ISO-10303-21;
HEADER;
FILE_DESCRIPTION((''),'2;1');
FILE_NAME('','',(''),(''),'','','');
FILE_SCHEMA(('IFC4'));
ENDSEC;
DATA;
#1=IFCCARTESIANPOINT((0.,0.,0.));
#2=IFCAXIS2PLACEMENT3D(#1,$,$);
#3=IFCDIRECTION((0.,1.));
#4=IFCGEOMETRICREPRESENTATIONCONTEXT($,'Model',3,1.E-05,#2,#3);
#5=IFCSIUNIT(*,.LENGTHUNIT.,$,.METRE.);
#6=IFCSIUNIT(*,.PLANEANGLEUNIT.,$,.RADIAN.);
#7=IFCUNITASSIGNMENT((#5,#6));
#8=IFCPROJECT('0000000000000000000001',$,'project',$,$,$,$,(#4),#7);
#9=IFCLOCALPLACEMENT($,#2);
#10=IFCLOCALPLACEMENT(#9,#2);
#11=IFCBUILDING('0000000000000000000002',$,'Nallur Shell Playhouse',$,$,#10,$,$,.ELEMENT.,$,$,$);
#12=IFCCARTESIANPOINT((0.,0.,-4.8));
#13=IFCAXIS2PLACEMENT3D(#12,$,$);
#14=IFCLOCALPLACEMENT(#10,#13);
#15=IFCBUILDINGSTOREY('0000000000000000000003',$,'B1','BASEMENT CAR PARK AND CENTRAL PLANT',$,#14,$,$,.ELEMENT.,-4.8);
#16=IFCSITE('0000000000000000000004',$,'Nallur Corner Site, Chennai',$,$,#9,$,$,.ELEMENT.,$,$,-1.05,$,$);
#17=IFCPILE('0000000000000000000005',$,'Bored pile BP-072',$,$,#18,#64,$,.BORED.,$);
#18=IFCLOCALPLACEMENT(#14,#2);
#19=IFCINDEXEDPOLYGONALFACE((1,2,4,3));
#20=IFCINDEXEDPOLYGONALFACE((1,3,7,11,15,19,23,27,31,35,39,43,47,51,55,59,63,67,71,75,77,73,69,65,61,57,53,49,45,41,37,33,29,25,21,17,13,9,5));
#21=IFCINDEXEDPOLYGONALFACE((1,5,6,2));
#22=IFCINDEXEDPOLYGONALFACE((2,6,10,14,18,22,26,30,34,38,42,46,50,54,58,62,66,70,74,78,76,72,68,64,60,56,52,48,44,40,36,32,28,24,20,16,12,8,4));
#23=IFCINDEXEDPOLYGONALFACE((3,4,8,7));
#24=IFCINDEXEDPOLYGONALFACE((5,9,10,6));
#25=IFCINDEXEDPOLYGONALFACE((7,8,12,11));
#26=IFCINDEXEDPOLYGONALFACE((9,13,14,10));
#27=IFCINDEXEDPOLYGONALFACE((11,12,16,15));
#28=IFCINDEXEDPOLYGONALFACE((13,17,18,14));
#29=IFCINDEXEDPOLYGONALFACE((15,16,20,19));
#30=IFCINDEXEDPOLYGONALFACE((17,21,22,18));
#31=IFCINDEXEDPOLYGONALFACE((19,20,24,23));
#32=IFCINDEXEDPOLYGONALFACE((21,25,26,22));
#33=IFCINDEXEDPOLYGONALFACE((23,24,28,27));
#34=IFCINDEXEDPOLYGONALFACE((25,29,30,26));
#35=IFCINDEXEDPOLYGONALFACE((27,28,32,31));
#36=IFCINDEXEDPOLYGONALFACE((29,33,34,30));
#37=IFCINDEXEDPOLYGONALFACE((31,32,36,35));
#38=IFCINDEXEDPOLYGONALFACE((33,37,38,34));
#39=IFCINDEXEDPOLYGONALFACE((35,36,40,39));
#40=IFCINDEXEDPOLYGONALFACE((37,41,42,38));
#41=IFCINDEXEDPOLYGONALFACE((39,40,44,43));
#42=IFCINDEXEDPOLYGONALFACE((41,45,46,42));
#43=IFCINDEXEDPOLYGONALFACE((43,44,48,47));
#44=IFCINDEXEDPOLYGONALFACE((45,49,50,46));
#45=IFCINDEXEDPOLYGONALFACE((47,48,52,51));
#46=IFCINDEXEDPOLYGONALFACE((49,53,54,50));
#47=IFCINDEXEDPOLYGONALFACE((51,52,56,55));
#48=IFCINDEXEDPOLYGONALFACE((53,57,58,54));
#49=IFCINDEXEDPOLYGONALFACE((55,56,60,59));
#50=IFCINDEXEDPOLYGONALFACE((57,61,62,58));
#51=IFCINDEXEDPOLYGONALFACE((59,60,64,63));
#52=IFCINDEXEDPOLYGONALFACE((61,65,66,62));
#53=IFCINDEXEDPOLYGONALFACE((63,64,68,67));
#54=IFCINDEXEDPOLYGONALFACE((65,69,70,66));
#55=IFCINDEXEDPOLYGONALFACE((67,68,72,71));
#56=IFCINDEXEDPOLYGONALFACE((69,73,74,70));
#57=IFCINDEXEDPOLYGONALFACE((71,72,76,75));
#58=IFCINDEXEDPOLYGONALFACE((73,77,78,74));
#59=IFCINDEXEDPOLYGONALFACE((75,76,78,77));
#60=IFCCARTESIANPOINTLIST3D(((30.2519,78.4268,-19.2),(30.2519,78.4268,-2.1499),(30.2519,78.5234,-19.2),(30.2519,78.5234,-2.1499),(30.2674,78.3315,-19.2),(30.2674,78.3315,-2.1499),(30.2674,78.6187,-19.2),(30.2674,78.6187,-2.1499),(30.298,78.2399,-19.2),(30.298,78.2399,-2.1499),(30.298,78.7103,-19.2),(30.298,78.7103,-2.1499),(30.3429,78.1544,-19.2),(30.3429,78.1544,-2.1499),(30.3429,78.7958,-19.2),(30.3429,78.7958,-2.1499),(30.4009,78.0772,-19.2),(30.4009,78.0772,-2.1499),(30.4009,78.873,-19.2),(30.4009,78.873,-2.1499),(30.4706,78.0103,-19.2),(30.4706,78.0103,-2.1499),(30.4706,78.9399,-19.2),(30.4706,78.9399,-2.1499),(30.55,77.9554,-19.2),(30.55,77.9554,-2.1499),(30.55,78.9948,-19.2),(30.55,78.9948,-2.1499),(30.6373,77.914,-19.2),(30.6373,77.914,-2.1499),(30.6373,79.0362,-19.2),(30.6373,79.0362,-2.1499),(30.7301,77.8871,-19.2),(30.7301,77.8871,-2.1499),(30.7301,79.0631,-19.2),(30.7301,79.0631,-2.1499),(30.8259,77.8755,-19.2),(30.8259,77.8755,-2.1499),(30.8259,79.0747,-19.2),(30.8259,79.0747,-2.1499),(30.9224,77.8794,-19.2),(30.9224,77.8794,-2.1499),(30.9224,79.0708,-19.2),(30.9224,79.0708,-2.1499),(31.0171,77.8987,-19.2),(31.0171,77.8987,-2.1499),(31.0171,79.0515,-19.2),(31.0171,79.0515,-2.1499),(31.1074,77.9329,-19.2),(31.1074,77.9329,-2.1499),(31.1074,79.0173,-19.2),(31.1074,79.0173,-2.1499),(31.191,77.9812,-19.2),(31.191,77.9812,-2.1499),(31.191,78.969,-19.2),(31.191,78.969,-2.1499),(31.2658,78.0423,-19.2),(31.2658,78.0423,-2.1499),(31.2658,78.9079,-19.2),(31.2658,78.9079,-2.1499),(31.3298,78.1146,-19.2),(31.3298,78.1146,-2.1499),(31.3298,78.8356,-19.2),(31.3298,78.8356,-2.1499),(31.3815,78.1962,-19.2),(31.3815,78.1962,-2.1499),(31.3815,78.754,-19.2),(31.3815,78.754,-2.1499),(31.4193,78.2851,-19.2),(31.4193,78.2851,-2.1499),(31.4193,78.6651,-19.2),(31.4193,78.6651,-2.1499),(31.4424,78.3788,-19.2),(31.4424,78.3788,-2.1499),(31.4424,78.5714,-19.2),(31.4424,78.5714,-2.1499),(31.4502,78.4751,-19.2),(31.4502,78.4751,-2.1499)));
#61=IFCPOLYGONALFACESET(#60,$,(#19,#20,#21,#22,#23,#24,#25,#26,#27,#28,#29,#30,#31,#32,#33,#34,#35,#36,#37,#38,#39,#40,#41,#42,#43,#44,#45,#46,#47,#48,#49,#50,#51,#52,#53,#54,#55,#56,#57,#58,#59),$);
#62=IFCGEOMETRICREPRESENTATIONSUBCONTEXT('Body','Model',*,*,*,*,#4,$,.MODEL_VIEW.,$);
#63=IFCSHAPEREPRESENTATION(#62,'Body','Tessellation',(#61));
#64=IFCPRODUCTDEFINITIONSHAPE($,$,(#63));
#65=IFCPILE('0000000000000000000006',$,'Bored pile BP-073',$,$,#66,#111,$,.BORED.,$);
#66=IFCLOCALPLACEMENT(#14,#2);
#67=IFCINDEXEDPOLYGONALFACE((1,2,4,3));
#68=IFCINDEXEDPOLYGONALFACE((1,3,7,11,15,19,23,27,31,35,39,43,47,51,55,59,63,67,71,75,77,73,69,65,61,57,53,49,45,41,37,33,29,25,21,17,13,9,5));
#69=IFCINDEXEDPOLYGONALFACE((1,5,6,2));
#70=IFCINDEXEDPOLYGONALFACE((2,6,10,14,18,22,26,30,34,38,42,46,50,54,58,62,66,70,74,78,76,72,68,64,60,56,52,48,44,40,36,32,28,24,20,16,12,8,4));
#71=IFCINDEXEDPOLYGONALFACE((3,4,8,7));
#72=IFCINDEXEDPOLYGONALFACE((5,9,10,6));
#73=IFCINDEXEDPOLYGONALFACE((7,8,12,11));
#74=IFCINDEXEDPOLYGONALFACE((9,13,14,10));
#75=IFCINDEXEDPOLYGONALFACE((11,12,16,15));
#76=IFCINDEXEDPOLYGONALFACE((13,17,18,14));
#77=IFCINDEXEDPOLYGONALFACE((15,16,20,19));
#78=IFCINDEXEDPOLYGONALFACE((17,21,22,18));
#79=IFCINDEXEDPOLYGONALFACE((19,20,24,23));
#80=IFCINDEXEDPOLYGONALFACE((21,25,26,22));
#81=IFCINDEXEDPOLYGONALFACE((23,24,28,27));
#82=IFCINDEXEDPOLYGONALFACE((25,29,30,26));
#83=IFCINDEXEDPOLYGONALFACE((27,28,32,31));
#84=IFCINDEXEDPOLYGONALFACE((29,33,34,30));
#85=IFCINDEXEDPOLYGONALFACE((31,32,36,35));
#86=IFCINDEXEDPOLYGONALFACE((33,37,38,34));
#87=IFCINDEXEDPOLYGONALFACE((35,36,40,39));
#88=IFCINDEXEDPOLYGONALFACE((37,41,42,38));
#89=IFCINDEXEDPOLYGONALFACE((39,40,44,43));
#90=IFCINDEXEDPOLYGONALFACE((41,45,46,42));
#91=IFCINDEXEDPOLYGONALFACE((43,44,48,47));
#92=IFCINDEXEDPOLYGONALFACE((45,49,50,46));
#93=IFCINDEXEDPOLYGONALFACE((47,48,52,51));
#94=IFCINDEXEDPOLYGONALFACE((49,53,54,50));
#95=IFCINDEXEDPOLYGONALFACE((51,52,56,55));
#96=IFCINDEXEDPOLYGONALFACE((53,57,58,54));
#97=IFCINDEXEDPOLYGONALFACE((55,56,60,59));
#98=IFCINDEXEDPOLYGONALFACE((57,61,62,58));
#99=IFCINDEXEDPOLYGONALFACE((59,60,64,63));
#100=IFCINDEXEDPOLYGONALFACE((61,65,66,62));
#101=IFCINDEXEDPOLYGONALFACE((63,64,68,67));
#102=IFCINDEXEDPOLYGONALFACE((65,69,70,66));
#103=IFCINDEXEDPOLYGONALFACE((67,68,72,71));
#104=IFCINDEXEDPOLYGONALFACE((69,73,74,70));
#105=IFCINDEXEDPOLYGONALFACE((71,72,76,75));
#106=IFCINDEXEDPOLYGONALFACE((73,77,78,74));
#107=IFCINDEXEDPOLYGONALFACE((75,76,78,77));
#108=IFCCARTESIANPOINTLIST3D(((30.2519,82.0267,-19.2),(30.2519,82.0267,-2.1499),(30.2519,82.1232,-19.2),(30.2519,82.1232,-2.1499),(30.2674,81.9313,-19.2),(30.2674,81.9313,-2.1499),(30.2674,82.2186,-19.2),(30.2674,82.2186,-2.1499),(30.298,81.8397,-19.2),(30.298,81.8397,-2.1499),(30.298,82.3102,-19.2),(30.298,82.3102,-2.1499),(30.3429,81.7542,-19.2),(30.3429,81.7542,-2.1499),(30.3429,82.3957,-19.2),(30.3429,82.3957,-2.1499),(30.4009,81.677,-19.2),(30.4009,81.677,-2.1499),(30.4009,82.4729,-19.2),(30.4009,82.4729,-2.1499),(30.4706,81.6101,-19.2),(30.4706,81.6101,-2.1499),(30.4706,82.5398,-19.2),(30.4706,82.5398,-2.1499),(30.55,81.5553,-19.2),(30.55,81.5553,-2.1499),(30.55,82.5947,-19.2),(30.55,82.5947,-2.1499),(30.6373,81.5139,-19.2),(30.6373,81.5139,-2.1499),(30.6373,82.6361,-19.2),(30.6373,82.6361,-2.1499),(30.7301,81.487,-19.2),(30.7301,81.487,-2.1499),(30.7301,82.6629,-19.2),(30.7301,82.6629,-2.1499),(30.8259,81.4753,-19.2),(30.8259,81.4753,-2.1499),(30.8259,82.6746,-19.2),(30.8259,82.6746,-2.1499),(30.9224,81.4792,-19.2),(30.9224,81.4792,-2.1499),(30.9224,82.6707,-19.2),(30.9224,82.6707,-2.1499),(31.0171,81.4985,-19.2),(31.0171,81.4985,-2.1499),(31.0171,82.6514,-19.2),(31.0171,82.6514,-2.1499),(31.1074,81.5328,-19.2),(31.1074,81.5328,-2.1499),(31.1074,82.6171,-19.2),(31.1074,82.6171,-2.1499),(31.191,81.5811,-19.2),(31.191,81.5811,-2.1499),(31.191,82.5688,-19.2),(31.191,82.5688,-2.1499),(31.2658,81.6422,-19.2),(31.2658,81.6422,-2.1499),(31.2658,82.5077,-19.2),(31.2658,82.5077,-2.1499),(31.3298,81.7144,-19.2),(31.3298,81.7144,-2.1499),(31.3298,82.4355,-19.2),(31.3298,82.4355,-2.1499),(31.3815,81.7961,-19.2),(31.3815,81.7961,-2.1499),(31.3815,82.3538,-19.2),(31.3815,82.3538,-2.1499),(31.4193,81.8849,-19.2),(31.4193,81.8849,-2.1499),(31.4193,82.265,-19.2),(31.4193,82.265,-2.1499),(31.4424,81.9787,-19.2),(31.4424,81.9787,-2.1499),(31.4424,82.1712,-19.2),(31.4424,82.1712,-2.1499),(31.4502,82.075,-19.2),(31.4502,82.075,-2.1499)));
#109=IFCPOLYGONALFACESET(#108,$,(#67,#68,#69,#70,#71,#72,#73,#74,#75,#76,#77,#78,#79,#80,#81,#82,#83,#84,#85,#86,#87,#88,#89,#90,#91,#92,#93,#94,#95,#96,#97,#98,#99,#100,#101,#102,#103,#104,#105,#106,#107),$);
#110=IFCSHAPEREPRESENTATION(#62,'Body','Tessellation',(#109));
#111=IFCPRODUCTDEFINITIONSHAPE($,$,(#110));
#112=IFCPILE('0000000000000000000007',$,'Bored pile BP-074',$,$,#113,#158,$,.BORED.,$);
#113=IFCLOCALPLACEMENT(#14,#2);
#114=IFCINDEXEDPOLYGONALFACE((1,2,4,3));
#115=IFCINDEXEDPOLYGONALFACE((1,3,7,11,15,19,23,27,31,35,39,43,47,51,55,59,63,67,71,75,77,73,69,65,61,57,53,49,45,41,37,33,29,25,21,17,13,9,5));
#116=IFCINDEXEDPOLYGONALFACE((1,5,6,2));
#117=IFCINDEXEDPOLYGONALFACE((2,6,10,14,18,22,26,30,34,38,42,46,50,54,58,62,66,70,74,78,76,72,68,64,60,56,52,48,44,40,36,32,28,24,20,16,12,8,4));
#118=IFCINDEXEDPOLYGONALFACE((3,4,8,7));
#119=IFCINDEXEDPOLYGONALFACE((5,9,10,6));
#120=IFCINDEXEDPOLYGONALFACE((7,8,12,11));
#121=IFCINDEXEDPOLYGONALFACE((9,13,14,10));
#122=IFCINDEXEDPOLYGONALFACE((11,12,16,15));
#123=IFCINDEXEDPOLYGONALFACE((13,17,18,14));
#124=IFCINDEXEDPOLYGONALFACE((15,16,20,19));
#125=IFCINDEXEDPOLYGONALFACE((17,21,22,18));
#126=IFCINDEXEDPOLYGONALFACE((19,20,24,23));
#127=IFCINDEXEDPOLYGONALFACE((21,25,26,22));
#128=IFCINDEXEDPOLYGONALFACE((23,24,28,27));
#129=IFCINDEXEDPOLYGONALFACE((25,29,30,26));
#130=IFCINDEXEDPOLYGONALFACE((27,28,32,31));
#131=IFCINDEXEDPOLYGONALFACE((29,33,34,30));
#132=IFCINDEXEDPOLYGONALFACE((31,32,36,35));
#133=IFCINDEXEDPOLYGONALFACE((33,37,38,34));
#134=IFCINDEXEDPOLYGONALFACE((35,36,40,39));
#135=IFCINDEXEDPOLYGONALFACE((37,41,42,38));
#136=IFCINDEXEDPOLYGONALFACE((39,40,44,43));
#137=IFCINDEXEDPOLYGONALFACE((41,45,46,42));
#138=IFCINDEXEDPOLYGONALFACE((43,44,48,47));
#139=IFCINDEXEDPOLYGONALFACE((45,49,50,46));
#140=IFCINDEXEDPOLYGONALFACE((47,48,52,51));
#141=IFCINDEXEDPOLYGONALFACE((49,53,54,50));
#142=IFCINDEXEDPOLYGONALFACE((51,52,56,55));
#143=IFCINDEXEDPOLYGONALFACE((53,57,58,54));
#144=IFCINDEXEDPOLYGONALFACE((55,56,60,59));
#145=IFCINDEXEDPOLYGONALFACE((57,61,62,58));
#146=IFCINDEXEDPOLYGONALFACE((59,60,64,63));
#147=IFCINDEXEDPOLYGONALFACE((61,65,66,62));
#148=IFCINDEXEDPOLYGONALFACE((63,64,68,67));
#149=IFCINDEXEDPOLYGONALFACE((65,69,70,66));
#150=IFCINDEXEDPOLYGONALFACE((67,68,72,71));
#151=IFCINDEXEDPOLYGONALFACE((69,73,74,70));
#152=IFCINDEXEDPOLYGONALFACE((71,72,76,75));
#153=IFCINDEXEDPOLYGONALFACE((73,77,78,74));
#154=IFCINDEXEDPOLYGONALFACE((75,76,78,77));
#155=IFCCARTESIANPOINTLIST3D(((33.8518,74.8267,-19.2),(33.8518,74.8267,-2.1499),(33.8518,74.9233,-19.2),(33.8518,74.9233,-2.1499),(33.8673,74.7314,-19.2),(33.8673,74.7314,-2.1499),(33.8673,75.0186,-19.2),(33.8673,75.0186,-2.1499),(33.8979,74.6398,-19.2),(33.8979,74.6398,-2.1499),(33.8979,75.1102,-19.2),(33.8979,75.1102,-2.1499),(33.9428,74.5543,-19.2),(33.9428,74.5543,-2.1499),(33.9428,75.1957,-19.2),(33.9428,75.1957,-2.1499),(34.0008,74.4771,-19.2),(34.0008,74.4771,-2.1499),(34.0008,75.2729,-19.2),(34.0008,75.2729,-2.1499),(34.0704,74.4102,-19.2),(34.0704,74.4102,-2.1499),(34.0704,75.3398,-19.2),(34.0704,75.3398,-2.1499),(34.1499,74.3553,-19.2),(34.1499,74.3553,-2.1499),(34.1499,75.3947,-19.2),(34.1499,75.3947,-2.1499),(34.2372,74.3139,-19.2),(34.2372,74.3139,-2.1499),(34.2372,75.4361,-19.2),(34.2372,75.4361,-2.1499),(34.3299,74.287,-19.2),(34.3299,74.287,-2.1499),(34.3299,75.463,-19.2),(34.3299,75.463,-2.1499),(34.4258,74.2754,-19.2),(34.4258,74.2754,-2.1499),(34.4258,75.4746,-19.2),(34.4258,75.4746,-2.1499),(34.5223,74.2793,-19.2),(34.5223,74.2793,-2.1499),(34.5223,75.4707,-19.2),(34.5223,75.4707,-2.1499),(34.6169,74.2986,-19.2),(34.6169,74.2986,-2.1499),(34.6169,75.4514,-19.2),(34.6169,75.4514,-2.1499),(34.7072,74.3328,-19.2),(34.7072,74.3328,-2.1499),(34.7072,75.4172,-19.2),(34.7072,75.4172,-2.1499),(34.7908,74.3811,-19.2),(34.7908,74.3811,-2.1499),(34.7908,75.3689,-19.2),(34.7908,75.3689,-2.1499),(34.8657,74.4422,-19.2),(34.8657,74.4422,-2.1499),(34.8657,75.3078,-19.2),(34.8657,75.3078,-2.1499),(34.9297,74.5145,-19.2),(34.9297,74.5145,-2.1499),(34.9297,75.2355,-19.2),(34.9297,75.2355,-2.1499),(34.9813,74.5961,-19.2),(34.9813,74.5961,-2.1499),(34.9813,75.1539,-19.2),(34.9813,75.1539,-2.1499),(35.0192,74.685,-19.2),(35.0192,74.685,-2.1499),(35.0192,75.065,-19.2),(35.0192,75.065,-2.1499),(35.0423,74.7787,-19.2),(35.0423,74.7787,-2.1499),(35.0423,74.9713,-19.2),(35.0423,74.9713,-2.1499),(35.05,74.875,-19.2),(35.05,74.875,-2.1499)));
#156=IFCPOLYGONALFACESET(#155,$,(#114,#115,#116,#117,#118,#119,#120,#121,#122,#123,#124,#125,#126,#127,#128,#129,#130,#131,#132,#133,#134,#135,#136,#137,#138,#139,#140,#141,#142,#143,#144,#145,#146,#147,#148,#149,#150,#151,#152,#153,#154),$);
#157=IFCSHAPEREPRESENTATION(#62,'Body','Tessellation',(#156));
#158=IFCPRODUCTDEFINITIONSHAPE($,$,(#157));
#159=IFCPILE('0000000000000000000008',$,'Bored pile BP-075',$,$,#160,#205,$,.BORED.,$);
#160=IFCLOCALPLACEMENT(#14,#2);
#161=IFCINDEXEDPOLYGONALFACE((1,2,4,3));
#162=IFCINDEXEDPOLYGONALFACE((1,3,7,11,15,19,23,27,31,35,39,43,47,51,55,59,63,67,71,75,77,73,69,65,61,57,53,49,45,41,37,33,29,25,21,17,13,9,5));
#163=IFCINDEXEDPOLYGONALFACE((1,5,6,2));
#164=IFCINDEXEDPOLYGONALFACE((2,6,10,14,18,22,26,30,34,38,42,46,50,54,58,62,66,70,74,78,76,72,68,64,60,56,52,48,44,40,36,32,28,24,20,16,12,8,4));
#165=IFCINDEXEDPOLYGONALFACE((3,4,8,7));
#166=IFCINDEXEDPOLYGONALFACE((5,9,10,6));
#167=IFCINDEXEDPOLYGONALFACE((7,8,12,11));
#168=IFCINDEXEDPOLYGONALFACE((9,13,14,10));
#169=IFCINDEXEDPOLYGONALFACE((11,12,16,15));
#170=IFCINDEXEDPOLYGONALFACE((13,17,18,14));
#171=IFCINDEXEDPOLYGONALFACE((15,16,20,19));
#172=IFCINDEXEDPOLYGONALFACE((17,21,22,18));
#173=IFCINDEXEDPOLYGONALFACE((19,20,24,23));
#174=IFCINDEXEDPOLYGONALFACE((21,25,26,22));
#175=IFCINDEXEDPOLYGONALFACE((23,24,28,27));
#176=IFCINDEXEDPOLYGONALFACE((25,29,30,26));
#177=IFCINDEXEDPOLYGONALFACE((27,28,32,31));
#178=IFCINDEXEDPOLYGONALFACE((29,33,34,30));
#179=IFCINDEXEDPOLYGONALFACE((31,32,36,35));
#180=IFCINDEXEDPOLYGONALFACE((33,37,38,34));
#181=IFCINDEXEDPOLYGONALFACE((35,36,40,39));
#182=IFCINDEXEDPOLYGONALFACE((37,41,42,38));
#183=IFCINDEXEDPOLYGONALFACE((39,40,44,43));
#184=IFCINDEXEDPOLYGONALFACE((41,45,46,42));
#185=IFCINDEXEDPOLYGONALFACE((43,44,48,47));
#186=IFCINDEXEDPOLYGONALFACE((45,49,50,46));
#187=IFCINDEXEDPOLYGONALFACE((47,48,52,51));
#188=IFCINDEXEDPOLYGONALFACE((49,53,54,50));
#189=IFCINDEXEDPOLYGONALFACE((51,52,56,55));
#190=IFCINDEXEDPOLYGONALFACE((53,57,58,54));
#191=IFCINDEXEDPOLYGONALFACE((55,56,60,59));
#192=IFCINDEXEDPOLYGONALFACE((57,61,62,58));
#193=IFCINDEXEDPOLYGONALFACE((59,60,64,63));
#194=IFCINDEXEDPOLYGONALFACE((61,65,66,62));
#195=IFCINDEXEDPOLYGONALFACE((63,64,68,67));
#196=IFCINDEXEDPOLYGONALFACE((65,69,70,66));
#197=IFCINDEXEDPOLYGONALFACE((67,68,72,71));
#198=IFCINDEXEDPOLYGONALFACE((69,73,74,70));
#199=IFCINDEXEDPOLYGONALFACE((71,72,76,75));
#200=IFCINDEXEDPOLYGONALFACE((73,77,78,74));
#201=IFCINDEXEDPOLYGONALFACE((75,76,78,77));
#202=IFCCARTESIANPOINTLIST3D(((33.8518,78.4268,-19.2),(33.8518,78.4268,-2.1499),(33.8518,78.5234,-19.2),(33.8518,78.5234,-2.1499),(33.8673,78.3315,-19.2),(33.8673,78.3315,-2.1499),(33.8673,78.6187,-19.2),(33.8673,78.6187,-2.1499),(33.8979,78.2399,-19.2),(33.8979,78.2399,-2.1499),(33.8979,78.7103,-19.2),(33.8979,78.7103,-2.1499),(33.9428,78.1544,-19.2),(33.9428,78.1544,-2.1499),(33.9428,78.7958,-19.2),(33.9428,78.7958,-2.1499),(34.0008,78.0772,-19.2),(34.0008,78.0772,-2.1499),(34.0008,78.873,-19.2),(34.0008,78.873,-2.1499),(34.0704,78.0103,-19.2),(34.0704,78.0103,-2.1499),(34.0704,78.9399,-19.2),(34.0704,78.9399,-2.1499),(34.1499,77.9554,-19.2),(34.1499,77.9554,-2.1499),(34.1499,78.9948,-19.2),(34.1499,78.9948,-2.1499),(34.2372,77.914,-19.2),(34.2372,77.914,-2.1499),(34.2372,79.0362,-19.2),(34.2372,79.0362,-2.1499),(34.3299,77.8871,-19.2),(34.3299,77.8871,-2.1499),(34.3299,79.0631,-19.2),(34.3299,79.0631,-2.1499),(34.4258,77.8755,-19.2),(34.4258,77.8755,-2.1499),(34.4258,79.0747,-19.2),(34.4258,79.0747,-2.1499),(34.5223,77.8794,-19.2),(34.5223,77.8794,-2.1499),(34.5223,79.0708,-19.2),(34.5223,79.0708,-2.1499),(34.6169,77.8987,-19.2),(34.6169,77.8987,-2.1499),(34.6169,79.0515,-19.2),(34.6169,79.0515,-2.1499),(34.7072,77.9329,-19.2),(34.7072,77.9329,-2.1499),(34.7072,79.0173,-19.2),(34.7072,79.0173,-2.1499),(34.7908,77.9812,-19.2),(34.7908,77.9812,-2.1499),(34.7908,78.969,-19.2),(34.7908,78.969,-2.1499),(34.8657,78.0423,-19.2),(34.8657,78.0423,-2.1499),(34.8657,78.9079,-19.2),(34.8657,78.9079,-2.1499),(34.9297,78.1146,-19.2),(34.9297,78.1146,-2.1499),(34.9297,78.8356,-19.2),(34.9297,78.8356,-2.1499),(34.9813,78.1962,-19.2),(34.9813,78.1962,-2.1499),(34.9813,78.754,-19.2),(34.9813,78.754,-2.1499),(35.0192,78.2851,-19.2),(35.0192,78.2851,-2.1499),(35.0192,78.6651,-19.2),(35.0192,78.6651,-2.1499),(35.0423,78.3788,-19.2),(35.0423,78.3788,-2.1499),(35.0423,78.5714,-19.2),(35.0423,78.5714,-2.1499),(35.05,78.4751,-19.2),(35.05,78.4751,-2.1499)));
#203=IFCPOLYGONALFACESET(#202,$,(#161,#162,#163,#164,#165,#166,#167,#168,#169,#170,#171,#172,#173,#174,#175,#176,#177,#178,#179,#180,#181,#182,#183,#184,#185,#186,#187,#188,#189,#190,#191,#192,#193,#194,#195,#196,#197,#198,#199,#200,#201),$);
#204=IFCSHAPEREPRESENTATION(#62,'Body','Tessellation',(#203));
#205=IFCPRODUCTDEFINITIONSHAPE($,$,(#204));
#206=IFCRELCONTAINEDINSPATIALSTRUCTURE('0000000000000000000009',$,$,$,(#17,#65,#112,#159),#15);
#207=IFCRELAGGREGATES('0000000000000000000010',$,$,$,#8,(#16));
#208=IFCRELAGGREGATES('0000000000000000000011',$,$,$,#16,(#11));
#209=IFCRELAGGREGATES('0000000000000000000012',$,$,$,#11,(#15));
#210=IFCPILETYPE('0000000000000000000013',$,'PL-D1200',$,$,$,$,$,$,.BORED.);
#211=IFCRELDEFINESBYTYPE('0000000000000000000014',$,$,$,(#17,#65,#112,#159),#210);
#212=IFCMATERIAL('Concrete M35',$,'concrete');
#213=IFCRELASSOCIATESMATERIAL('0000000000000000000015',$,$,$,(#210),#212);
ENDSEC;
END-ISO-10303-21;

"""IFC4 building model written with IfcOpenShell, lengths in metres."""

from ifc_helpers import new_model, si_unit, direction, frame, origin, origin_2d, place, context, subcontext, project, spatial, circle, extrude, material, material_profile, profile_set, type_object, element, save


model = new_model("IFC4")

# Units and contexts
model_context = context("Model", 3, precision=1e-05, world=origin(), true_north=direction((0.0, 1.0)))
body_context = subcontext(model_context, "Body", "Model", "MODEL_VIEW")
ifc_project = project(units=[si_unit("LENGTHUNIT", "METRE"), si_unit("PLANEANGLEUNIT", "RADIAN")], contexts=[model_context])

# Site, building, storey
site_placement = place(None, origin())
site = spatial("IfcSite", under=ifc_project, at=site_placement, Name="Nallur Corner Site, Chennai", CompositionType="ELEMENT", RefElevation=-1.05)
building_placement = place(site_placement, origin())
building = spatial("IfcBuilding", under=site, at=building_placement, Name="Nallur Shell Playhouse", CompositionType="ELEMENT")
storey_placement = place(building_placement, frame((0.0, 0.0, -4.8)))
storey = spatial("IfcBuildingStorey", under=building, at=storey_placement, Name="B1", Description="BASEMENT CAR PARK AND CENTRAL PLANT", CompositionType="ELEMENT", Elevation=-4.8)

# Shared definitions
ifc_material_1 = material(Name="Concrete M35", Category="concrete")

# Piles
ifc_material_profile_1 = material_profile(ifc_material_1, circle(Radius=0.6001, at=origin_2d()), Name="BORED PILE D1200")
ifc_profile_set_1 = profile_set([ifc_material_profile_1], Name="Concrete M35")
pile_type_1 = type_object("IfcPileType", Name="PL-D1200", PredefinedType="BORED", material=ifc_profile_set_1)
for number, where, z_axis, x_axis, name in (
    (1, (30.8501, 78.4751, -2.1499), (0.0, 0.0, -1.0), (1.0, 0.0, 0.0), "Bored pile BP-072"),
    (2, (30.8501, 82.075, -2.1499), (0.0, 0.0, -1.0), (1.0, 0.0, 0.0), "Bored pile BP-073"),
    (3, (34.45, 74.875, -2.1499), (0.0, 0.0, -1.0), (1.0, 0.0, 0.0), "Bored pile BP-074"),
    (4, (34.45, 78.4751, -2.1499), (0.0, 0.0, -1.0), (1.0, 0.0, 0.0), "Bored pile BP-075"),
):
    element("IfcPile", number, at=place(storey_placement, frame(where, z_axis=z_axis, x_axis=x_axis)), inside=storey, type_object=pile_type_1, Name=name, PredefinedType="BORED", context=body_context, shape_type="SweptSolid", body=[
        extrude(circle(Radius=0.6001, at=origin_2d()), origin(), (0.0, 0.0, 1.0), 17.05),
    ])

save(model, "model.ifc")
